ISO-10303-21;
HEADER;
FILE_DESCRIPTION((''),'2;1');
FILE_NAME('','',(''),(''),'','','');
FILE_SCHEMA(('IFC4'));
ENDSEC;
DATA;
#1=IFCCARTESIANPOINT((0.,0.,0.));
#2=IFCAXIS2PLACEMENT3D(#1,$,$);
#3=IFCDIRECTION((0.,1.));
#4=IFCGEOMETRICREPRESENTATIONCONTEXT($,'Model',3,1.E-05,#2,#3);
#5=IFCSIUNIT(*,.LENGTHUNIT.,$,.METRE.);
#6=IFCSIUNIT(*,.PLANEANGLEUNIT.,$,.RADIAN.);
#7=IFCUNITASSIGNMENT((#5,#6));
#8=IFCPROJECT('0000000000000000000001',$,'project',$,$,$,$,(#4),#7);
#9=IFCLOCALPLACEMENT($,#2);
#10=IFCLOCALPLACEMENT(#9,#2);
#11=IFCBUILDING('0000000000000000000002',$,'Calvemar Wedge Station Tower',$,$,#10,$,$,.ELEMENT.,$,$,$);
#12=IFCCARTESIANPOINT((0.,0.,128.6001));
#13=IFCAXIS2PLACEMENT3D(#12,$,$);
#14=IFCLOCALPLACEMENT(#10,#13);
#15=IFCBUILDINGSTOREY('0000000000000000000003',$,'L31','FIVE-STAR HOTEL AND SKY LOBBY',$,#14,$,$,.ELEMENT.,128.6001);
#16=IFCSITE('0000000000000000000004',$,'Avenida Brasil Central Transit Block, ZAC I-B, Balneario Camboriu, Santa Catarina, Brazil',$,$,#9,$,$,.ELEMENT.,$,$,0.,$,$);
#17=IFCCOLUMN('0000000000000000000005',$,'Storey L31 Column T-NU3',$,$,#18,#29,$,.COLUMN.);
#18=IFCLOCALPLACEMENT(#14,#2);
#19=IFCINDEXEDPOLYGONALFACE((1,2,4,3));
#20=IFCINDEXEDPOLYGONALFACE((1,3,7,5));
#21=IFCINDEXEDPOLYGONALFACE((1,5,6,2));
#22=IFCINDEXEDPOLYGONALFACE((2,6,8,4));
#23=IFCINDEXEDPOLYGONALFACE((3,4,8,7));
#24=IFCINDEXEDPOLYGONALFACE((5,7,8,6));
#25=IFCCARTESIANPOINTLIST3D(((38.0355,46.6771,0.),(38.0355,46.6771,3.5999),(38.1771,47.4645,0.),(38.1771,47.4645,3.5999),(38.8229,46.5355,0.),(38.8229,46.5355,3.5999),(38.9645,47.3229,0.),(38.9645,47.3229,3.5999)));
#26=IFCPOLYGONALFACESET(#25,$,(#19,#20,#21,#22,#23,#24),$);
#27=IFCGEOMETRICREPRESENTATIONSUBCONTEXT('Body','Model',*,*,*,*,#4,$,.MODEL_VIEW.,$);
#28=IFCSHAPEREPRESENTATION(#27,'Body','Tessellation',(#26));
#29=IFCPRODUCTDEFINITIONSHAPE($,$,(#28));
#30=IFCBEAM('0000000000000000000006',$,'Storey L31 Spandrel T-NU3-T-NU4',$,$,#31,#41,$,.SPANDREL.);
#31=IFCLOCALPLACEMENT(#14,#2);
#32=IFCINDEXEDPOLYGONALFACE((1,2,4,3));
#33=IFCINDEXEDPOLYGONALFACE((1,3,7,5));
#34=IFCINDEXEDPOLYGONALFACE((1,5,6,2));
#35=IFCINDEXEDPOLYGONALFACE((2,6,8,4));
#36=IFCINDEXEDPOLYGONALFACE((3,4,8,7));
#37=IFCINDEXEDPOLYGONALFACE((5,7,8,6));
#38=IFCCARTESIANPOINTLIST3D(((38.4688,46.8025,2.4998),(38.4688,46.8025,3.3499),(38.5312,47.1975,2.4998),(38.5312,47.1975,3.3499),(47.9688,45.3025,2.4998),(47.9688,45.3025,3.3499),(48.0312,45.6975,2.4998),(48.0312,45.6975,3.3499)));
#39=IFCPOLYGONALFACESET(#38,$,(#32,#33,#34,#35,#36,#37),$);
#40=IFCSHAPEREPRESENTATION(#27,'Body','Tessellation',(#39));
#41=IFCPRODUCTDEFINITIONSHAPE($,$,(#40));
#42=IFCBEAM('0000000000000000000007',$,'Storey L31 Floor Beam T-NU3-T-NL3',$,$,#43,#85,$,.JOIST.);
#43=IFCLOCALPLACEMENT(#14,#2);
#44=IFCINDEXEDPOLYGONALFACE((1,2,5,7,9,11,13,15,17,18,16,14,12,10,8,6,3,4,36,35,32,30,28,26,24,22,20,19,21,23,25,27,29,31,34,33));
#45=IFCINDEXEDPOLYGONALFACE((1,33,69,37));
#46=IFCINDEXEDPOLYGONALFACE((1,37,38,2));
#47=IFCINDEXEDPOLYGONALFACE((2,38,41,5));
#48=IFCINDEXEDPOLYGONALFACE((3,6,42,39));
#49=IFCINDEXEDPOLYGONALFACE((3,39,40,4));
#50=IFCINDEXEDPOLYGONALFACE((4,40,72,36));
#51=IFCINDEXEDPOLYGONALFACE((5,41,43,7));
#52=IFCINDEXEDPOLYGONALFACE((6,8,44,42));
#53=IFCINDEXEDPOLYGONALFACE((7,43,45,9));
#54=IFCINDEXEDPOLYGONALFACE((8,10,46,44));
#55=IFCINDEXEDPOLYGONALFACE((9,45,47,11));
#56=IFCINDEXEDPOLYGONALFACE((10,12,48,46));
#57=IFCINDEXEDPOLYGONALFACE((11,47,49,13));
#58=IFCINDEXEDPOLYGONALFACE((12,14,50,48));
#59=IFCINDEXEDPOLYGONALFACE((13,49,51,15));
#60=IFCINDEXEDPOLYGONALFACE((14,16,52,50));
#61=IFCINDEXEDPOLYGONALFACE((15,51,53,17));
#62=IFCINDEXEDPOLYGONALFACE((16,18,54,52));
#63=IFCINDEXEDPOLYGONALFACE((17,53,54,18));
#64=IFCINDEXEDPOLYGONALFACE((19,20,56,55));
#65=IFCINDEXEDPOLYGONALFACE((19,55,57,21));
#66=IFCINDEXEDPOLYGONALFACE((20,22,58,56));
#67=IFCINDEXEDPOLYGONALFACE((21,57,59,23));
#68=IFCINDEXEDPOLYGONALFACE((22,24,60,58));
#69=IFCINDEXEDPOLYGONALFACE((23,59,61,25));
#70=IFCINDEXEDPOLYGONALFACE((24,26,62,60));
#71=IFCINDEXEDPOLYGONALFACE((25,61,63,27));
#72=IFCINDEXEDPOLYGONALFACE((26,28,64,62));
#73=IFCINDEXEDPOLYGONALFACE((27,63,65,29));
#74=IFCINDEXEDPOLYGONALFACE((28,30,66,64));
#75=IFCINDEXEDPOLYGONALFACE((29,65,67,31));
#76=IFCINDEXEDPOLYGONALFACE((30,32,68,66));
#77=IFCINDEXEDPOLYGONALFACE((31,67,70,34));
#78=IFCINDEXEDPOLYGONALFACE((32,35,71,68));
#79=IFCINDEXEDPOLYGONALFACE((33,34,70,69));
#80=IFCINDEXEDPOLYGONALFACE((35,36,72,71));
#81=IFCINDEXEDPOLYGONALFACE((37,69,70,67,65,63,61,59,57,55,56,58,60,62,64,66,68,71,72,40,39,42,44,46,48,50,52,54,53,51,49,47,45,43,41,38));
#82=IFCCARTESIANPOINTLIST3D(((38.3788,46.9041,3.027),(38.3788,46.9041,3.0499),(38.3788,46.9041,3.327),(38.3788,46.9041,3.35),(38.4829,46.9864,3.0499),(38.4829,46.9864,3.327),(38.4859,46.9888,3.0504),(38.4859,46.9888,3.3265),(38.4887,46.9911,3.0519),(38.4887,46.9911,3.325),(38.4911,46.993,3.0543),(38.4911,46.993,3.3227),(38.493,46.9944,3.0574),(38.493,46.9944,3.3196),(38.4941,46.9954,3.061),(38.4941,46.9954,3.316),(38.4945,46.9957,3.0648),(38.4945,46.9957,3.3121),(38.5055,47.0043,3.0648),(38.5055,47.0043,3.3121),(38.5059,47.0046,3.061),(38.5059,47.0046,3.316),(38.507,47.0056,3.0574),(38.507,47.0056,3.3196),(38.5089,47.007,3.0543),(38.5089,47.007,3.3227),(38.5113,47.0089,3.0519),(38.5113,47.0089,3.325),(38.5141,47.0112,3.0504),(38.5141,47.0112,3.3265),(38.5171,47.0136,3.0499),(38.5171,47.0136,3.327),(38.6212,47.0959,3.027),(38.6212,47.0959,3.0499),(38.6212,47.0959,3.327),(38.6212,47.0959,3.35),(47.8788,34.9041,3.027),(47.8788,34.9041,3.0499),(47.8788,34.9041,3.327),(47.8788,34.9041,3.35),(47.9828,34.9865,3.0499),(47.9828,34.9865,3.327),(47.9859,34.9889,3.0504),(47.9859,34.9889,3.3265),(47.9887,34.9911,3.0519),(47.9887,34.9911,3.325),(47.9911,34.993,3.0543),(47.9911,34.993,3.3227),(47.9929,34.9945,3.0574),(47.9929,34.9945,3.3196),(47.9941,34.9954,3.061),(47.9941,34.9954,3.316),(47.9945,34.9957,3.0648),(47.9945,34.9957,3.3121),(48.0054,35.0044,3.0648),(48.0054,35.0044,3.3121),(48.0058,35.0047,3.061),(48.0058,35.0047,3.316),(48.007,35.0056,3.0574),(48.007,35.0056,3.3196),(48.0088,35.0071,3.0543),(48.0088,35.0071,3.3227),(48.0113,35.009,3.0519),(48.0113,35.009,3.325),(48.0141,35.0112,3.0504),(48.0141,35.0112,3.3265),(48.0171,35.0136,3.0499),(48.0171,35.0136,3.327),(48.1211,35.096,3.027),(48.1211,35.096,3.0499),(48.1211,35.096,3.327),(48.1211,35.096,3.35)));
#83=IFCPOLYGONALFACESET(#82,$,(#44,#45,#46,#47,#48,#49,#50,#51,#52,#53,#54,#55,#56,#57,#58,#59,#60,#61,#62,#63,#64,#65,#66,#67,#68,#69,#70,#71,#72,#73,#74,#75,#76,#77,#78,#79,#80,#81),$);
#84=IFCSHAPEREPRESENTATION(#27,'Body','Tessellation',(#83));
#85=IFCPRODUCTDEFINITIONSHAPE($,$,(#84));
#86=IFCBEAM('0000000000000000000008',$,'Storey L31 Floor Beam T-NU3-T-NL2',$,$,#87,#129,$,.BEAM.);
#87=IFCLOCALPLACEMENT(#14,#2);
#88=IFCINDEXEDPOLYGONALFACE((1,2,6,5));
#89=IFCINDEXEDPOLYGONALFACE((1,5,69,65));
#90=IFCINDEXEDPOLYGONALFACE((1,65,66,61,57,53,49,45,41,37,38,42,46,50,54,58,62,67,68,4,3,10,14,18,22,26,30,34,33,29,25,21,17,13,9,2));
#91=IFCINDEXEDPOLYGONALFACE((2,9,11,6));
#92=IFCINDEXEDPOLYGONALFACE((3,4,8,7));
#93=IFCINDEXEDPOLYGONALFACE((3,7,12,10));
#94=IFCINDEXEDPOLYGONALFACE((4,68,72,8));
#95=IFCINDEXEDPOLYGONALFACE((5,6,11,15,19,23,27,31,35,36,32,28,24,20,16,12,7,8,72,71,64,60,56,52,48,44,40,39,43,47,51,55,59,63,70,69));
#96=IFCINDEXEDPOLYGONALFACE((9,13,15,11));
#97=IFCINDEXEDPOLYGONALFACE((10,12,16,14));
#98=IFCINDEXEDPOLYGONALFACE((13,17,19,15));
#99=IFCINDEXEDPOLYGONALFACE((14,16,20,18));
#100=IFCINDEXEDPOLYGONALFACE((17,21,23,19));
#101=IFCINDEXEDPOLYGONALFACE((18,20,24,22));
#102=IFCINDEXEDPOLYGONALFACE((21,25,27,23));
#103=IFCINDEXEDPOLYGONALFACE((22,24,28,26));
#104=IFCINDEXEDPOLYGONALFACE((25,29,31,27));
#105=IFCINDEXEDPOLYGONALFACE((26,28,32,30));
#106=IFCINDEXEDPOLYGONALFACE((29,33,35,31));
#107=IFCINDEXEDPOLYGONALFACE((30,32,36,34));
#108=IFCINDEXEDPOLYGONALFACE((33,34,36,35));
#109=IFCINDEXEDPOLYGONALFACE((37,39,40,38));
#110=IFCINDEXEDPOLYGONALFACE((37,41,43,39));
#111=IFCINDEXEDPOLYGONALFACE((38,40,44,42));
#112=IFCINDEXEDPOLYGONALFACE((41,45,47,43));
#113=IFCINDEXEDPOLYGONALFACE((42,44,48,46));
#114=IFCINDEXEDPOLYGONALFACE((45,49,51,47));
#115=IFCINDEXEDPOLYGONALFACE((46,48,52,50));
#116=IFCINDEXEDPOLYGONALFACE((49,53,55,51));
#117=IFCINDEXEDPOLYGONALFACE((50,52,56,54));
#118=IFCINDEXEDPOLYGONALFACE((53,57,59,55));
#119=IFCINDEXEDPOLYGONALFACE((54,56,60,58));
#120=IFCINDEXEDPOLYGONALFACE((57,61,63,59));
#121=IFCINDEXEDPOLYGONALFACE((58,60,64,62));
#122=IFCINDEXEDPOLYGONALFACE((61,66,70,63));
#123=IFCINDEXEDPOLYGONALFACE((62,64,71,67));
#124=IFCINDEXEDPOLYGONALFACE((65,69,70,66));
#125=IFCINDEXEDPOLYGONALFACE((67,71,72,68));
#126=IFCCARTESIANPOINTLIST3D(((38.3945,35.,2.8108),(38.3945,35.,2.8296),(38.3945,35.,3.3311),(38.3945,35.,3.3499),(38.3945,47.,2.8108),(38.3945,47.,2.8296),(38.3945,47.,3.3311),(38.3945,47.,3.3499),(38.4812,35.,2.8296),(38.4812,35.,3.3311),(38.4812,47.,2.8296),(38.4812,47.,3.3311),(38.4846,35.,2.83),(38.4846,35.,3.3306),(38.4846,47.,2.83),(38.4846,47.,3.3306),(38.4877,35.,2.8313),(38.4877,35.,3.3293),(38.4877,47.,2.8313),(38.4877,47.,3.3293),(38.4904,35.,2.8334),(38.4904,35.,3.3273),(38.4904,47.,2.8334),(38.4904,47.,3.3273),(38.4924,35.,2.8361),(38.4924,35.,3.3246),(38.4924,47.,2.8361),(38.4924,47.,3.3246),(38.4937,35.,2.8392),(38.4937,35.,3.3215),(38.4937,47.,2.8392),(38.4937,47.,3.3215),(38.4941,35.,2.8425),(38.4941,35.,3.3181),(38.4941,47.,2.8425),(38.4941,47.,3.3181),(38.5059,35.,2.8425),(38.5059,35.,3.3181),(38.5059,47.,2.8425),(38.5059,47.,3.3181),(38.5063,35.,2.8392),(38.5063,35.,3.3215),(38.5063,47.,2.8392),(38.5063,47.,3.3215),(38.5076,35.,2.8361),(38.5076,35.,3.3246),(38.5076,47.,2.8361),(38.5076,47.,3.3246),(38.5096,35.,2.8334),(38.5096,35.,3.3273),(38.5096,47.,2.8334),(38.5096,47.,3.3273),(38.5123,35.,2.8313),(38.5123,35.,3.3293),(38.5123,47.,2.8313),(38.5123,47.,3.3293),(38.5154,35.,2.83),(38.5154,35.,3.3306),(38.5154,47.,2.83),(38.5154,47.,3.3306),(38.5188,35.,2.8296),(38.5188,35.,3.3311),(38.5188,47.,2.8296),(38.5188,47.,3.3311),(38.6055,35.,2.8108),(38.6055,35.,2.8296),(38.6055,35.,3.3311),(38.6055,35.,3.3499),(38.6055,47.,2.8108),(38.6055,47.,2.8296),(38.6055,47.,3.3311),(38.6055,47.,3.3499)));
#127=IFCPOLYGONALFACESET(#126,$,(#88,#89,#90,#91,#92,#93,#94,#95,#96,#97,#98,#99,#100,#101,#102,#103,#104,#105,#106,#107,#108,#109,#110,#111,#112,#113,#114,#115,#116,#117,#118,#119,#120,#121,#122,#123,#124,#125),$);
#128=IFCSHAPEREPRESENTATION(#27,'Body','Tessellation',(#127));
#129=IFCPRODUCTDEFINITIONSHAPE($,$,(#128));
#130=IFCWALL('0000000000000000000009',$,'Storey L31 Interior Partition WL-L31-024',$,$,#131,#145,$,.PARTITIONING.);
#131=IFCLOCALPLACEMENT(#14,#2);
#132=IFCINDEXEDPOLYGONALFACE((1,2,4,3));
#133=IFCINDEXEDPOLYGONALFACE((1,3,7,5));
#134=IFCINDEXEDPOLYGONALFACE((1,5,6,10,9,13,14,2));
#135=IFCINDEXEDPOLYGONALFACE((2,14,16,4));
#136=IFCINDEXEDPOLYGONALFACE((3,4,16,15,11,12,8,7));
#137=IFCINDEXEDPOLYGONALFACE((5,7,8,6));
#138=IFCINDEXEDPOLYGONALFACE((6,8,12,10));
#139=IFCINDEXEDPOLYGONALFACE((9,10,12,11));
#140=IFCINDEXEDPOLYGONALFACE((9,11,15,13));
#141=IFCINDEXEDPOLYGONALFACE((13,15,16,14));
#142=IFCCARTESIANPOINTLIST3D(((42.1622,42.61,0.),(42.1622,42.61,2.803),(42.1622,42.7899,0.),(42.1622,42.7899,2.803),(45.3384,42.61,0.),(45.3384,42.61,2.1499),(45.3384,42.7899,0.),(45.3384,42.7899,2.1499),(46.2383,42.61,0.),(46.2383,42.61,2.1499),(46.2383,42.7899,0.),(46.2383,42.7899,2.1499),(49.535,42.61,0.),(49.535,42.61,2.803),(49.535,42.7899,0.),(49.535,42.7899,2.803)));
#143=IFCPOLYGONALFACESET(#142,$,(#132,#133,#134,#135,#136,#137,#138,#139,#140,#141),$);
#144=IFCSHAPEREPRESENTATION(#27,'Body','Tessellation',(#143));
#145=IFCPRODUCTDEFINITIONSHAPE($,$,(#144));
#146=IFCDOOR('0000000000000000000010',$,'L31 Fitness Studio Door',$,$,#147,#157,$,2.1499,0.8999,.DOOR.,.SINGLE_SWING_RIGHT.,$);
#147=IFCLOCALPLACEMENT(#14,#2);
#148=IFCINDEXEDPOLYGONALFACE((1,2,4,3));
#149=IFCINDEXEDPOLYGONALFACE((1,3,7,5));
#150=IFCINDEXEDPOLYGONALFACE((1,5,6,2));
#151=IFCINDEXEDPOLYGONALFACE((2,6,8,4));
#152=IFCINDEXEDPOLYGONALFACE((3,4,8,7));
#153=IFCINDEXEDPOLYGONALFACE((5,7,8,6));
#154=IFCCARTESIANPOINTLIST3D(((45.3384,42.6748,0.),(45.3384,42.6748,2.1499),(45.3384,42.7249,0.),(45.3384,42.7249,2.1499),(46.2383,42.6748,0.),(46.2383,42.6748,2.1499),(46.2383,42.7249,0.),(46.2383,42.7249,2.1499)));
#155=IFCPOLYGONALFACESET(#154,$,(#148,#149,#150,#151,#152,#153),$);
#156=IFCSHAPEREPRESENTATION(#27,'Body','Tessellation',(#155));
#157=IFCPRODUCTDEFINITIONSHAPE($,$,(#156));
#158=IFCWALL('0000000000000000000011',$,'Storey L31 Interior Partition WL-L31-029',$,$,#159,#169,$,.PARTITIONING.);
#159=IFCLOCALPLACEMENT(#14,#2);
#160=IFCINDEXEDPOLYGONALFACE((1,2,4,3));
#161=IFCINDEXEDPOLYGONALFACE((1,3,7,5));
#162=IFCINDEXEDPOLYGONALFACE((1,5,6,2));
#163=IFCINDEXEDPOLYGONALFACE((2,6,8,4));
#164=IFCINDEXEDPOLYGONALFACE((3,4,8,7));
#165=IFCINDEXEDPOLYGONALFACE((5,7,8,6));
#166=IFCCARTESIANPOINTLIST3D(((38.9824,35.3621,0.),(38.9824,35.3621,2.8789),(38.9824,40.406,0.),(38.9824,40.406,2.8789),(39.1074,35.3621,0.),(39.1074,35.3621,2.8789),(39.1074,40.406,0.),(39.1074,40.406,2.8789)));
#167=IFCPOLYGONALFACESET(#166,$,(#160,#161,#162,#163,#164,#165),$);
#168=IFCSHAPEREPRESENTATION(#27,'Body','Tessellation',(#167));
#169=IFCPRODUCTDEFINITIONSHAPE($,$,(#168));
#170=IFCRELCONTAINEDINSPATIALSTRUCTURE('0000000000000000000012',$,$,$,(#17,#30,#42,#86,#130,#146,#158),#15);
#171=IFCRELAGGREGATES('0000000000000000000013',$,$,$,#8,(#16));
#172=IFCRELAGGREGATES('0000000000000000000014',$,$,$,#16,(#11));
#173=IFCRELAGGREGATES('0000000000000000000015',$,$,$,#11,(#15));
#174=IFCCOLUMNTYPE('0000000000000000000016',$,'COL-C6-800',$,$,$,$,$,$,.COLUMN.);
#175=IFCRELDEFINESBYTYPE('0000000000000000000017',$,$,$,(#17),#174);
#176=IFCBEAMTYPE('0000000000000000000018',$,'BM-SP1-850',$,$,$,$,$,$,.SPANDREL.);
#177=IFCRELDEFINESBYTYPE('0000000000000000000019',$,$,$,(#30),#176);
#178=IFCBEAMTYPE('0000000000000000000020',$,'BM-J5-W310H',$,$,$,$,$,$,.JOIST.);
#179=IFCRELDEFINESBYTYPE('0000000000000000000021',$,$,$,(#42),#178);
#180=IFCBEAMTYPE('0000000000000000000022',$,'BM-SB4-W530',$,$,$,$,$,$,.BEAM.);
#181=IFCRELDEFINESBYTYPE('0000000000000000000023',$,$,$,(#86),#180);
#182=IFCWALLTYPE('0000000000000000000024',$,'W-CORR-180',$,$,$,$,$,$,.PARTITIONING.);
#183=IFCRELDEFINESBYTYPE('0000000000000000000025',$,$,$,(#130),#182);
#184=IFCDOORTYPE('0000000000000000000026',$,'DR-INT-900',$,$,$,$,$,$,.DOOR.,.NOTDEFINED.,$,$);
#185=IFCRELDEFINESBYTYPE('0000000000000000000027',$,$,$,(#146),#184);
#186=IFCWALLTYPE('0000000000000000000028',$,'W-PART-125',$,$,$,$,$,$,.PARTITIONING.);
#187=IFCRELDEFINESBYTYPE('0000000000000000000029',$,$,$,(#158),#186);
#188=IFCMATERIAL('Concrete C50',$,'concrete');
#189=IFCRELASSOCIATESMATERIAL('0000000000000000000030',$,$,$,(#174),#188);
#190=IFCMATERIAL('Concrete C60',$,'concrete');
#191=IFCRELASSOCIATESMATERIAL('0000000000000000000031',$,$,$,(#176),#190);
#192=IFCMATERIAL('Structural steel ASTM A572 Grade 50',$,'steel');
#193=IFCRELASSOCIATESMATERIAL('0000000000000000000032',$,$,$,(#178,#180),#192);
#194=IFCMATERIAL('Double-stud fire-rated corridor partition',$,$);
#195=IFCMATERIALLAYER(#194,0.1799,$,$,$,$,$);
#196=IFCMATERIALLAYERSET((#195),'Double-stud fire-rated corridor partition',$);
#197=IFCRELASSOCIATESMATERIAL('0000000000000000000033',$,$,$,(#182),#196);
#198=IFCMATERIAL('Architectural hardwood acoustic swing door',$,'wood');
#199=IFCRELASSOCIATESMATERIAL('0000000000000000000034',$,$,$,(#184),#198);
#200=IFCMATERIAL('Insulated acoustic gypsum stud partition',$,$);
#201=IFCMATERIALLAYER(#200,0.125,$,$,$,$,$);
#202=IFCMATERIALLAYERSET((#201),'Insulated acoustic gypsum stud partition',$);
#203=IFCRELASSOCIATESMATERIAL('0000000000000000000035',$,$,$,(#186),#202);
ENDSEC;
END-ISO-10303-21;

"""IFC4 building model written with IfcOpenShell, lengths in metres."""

from ifc_helpers import new_model, si_unit, direction, frame, frame_2d, origin, origin_2d, place, context, subcontext, project, spatial, rectangle, i_section, extrude, source, transform, mapped, material, layer, layer_set, material_profile, profile_set, type_object, element, fill, save


model = new_model("IFC4")

# Units and contexts
model_context = context("Model", 3, precision=1e-05, world=origin(), true_north=direction((0.0, 1.0)))
body_context = subcontext(model_context, "Body", "Model", "MODEL_VIEW")
ifc_project = project(units=[si_unit("LENGTHUNIT", "METRE"), si_unit("PLANEANGLEUNIT", "RADIAN")], contexts=[model_context])

# Site, building, storey
site_placement = place(None, origin())
site = spatial("IfcSite", under=ifc_project, at=site_placement, Name="Avenida Brasil Central Transit Block, ZAC I-B, Balneario Camboriu, Santa Catarina, Brazil", CompositionType="ELEMENT", RefElevation=0.0)
building_placement = place(site_placement, origin())
building = spatial("IfcBuilding", under=site, at=building_placement, Name="Calvemar Wedge Station Tower", CompositionType="ELEMENT")
storey_placement = place(building_placement, frame((0.0, 0.0, 128.6001)))
storey = spatial("IfcBuildingStorey", under=building, at=storey_placement, Name="L31", Description="FIVE-STAR HOTEL AND SKY LOBBY", CompositionType="ELEMENT", Elevation=128.6001)

# Column
ifc_material_1 = material(Name="Concrete C50", Category="concrete")
ifc_material_profile_1 = material_profile(ifc_material_1, rectangle(XDim=0.8, YDim=0.8, at=origin_2d()), Name="RC800x800")
ifc_profile_set_1 = profile_set([ifc_material_profile_1], Name="Concrete C50")
column_type = type_object("IfcColumnType", Name="COL-C6-800", PredefinedType="COLUMN", material=ifc_profile_set_1)
shared_shape_1 = source(origin(), body_context, "Body", "SweptSolid", [
    extrude(rectangle(XDim=0.8, YDim=0.8, at=origin_2d()), origin(), (0.0, 0.0, 1.0), 3.5999),
])
column_placement = place(storey_placement, frame((38.5, 47.0, 0.0), z_axis=(0.0, 0.0, 1.0), x_axis=(0.984196, -0.177085, 0.0)))
element("IfcColumn", 1, at=column_placement, inside=storey, type_object=column_type, Name="Storey L31 Column T-NU3", PredefinedType="COLUMN", context=body_context, shape_type="MappedRepresentation", body=[
    mapped(shared_shape_1, transform((0.0, 0.0, 0.0), scale=1.0)),
])

# Beams
ifc_material_2 = material(Name="Concrete C60", Category="concrete")
ifc_material_profile_2 = material_profile(ifc_material_2, rectangle(XDim=0.3999, YDim=0.8501, at=origin_2d()), Name="RC400x850")
ifc_profile_set_2 = profile_set([ifc_material_profile_2], Name="Concrete C60")
beam_type_1 = type_object("IfcBeamType", Name="BM-SP1-850", PredefinedType="SPANDREL", material=ifc_profile_set_2)
shared_shape_2 = source(origin(), body_context, "Body", "SweptSolid", [
    extrude(rectangle(XDim=0.3999, YDim=0.8501, at=origin_2d()), origin(), (0.0, 0.0, 1.0), 9.6177),
])
beam_1_placement = place(storey_placement, frame((38.5, 47.0, 2.9248), z_axis=(0.987763, -0.155963, 0.0), x_axis=(0.155963, 0.987763, 0.0)))
element("IfcBeam", 2, at=beam_1_placement, inside=storey, type_object=beam_type_1, Name="Storey L31 Spandrel T-NU3-T-NU4", PredefinedType="SPANDREL", context=body_context, shape_type="MappedRepresentation", body=[
    mapped(shared_shape_2, transform((0.0, 0.0, 0.0), scale=1.0)),
])
ifc_material_3 = material(Name="Structural steel ASTM A572 Grade 50", Category="steel")
ifc_material_profile_3 = material_profile(ifc_material_3, i_section(OverallWidth=0.3091, OverallDepth=0.323, WebThickness=0.0139, FlangeThickness=0.0229, FilletRadius=0.0149, at=origin_2d()), Name="W310x143")
ifc_profile_set_3 = profile_set([ifc_material_profile_3], Name="Structural steel ASTM A572 Grade 50")
beam_type_2 = type_object("IfcBeamType", Name="BM-J5-W310H", PredefinedType="JOIST", material=ifc_profile_set_3)
shared_shape_3 = source(origin(), body_context, "Body", "SweptSolid", [
    extrude(i_section(OverallWidth=0.3091, OverallDepth=0.323, WebThickness=0.0139, FlangeThickness=0.0229, FilletRadius=0.0149, at=origin_2d()), origin(), (0.0, 0.0, 1.0), 15.3052),
])
beam_2_placement = place(storey_placement, frame((38.5, 47.0, 3.1885), z_axis=(0.620703, -0.784046, 0.0), x_axis=(0.784046, 0.620703, 0.0)))
element("IfcBeam", 3, at=beam_2_placement, inside=storey, type_object=beam_type_2, Name="Storey L31 Floor Beam T-NU3-T-NL3", PredefinedType="JOIST", context=body_context, shape_type="MappedRepresentation", body=[
    mapped(shared_shape_3, transform((0.0, 0.0, 0.0), scale=1.0)),
])
ifc_material_profile_4 = material_profile(ifc_material_3, i_section(OverallWidth=0.2109, OverallDepth=0.5391, WebThickness=0.0117, FlangeThickness=0.0188, FilletRadius=0.0129, at=origin_2d()), Name="W530x109")
ifc_profile_set_4 = profile_set([ifc_material_profile_4], Name="Structural steel ASTM A572 Grade 50")
beam_type_3 = type_object("IfcBeamType", Name="BM-SB4-W530", PredefinedType="BEAM", material=ifc_profile_set_4)
shared_shape_4 = source(origin(), body_context, "Body", "SweptSolid", [
    extrude(i_section(OverallWidth=0.2109, OverallDepth=0.5391, WebThickness=0.0117, FlangeThickness=0.0188, FilletRadius=0.0129, at=origin_2d()), origin(), (0.0, 0.0, 1.0), 12.0),
])
beam_3_placement = place(storey_placement, frame((38.5, 47.0, 3.0803), z_axis=(0.0, -1.0, 0.0), x_axis=(1.0, 0.0, 0.0)))
element("IfcBeam", 4, at=beam_3_placement, inside=storey, type_object=beam_type_3, Name="Storey L31 Floor Beam T-NU3-T-NL2", PredefinedType="BEAM", context=body_context, shape_type="MappedRepresentation", body=[
    mapped(shared_shape_4, transform((0.0, 0.0, 0.0), scale=1.0)),
])

# Wall, opening, door
ifc_material_4 = material(Name="Double-stud fire-rated corridor partition")
ifc_layer_1 = layer(ifc_material_4, 0.1799)
ifc_layer_set_1 = layer_set([ifc_layer_1], Name="Double-stud fire-rated corridor partition")
wall_type_1 = type_object("IfcWallType", Name="W-CORR-180", PredefinedType="PARTITIONING", material=ifc_layer_set_1)
shared_shape_5 = source(origin(), body_context, "Body", "SweptSolid", [
    extrude(rectangle(XDim=0.8999, YDim=2.1499, at=frame_2d((0.45, 1.075))), frame((0.0, 0.1001, 0.0), z_axis=(0.0, -1.0, 0.0), x_axis=(1.0, 0.0, 0.0)), (0.0, 0.0, 1.0), 0.2),
])
wall_1_placement = place(storey_placement, frame((42.1621, 42.7, 0.0), z_axis=(0.0, 0.0, 1.0), x_axis=(1.0, 0.0, 0.0)))
wall_1 = element("IfcWall", 5, at=wall_1_placement, inside=storey, type_object=wall_type_1, Name="Storey L31 Interior Partition WL-L31-024", PredefinedType="PARTITIONING", context=body_context, shape_type="SweptSolid", body=[
    extrude(rectangle(XDim=7.3728, YDim=0.1799, at=frame_2d((3.6865, 0.0))), origin(), (0.0, 0.0, 1.0), 2.803),
])
opening_1_placement = place(wall_1_placement, frame((3.1763, 0.0, 0.0)))
opening_1 = element("IfcOpeningElement", 6, at=opening_1_placement, cuts=wall_1, PredefinedType="OPENING", context=body_context, shape_type="MappedRepresentation", body=[
    mapped(shared_shape_5, transform((0.0, 0.0, 0.0), scale=1.0)),
])
ifc_material_5 = material(Name="Architectural hardwood acoustic swing door", Category="wood")
door_type_1 = type_object("IfcDoorType", Name="DR-INT-900", OperationType="NOTDEFINED", PredefinedType="DOOR", material=ifc_material_5)
shared_shape_6 = source(origin(), body_context, "Body", "SweptSolid", [
    extrude(rectangle(XDim=0.8999, YDim=2.1499, at=frame_2d((0.45, 1.075))), frame((0.0, 0.0249, 0.0), z_axis=(0.0, -1.0, 0.0), x_axis=(1.0, 0.0, 0.0)), (0.0, 0.0, 1.0), 0.05),
])
door_1_placement = place(opening_1_placement, origin())
door_1 = element("IfcDoor", 7, at=door_1_placement, inside=storey, type_object=door_type_1, Name="L31 Fitness Studio Door", OperationType="SINGLE_SWING_RIGHT", OverallHeight=2.1499, OverallWidth=0.8999, PredefinedType="DOOR", context=body_context, shape_type="MappedRepresentation", body=[
    mapped(shared_shape_6, transform((0.0, 0.0, 0.0), scale=1.0)),
])
fill(opening_1, door_1)

# Wall
ifc_material_6 = material(Name="Insulated acoustic gypsum stud partition")
ifc_layer_2 = layer(ifc_material_6, 0.125)
ifc_layer_set_2 = layer_set([ifc_layer_2], Name="Insulated acoustic gypsum stud partition")
wall_type_2 = type_object("IfcWallType", Name="W-PART-125", PredefinedType="PARTITIONING", material=ifc_layer_set_2)
for number, where, z_axis, x_axis, name in (
    (8, (39.0449, 40.406, 0.0), (0.0, 0.0, 1.0), (0.0, -1.0, 0.0), "Storey L31 Interior Partition WL-L31-029"),
):
    element("IfcWall", number, at=place(storey_placement, frame(where, z_axis=z_axis, x_axis=x_axis)), inside=storey, type_object=wall_type_2, Name=name, PredefinedType="PARTITIONING", context=body_context, shape_type="SweptSolid", body=[
        extrude(rectangle(XDim=5.0439, YDim=0.125, at=frame_2d((2.522, 0.0))), origin(), (0.0, 0.0, 1.0), 2.8789),
    ])

save(model, "model.ifc")
